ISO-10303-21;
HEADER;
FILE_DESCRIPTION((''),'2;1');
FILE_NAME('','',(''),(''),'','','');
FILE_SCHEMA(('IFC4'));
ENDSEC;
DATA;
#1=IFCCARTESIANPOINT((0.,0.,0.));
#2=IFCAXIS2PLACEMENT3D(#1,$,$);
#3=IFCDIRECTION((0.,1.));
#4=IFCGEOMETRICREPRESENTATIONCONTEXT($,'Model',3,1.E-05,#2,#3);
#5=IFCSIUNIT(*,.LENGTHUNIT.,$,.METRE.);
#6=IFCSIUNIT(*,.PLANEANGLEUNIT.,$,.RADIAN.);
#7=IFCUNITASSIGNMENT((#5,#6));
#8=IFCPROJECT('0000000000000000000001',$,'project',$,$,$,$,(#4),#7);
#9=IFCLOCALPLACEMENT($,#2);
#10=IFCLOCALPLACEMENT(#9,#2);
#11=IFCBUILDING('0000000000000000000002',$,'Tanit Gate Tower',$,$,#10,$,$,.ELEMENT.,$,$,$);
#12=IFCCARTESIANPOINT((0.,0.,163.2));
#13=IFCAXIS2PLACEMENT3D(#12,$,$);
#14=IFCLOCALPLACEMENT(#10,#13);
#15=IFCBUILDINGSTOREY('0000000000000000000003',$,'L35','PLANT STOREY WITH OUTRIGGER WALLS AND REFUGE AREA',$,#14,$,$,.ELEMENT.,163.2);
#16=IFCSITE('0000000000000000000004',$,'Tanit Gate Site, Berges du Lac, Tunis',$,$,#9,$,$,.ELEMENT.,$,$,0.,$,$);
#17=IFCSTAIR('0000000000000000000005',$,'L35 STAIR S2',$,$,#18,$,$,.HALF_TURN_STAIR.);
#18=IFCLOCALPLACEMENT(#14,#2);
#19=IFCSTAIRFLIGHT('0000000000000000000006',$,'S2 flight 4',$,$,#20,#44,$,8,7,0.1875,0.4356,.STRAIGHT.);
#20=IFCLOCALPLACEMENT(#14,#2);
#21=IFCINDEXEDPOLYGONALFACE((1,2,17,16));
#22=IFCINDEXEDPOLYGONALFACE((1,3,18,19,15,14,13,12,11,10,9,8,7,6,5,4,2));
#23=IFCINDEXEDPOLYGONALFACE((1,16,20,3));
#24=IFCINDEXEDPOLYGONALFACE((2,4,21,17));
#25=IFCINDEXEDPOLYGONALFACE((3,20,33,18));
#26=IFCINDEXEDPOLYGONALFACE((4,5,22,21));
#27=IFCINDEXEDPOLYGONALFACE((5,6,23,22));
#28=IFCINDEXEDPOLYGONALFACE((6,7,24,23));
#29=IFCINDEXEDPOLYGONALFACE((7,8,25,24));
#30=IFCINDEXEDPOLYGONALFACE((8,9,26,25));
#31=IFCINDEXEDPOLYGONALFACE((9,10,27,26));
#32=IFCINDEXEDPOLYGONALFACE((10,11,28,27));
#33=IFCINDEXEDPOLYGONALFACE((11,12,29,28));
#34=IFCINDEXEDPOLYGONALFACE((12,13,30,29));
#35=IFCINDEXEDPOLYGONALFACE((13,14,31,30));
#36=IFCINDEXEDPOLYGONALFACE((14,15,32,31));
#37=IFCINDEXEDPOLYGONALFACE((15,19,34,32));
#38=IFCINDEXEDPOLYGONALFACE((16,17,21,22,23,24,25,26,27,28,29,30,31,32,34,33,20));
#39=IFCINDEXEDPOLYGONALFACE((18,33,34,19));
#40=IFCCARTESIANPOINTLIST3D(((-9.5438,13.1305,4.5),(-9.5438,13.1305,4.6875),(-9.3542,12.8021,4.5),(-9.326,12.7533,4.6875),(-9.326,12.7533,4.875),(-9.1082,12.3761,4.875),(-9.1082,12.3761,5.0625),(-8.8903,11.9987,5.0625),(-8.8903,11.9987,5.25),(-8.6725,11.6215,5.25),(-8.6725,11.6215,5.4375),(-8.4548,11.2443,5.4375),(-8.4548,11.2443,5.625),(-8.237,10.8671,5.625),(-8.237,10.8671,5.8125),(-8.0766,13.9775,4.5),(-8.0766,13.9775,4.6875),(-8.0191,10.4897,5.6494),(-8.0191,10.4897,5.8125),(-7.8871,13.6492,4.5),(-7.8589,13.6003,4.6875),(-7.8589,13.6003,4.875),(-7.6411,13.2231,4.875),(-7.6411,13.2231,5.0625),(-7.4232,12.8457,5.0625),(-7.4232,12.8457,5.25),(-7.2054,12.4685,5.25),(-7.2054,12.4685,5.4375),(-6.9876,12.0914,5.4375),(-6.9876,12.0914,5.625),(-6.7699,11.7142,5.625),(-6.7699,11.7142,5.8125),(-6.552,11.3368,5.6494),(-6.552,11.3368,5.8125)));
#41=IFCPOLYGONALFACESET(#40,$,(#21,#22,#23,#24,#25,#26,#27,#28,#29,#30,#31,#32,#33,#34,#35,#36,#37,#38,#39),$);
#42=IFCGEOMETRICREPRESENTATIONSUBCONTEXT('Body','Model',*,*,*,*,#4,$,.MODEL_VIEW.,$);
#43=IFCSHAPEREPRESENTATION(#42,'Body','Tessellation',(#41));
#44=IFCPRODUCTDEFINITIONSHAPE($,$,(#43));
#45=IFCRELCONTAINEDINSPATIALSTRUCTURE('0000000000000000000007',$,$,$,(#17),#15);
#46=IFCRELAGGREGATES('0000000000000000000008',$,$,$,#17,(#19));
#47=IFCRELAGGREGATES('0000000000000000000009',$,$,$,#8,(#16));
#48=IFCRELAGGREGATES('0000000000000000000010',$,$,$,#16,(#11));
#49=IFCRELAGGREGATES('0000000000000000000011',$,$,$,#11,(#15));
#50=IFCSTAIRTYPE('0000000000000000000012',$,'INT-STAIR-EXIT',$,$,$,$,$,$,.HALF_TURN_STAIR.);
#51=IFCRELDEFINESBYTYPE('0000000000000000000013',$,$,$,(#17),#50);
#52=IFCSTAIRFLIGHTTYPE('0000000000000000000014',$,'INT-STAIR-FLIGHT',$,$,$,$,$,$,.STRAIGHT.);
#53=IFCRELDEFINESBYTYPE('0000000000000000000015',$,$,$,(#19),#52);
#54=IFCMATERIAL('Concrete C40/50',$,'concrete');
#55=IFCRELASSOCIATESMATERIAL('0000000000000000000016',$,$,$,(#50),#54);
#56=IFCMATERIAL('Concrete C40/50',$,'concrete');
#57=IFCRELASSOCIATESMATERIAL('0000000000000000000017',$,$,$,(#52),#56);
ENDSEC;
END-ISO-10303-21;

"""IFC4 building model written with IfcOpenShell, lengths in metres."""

from ifc_helpers import new_model, si_unit, direction, frame, origin, place, context, subcontext, project, spatial, polyline, outline, extrude, material, type_object, element, aggregate, save


model = new_model("IFC4")

# Units and contexts
model_context = context("Model", 3, precision=1e-05, world=origin(), true_north=direction((0.0, 1.0)))
body_context = subcontext(model_context, "Body", "Model", "MODEL_VIEW")
ifc_project = project(units=[si_unit("LENGTHUNIT", "METRE"), si_unit("PLANEANGLEUNIT", "RADIAN")], contexts=[model_context])

# Site, building, storey
site_placement = place(None, origin())
site = spatial("IfcSite", under=ifc_project, at=site_placement, Name="Tanit Gate Site, Berges du Lac, Tunis", CompositionType="ELEMENT", RefElevation=0.0)
building_placement = place(site_placement, origin())
building = spatial("IfcBuilding", under=site, at=building_placement, Name="Tanit Gate Tower", CompositionType="ELEMENT")
storey_placement = place(building_placement, frame((0.0, 0.0, 163.2)))
storey = spatial("IfcBuildingStorey", under=building, at=storey_placement, Name="L35", Description="PLANT STOREY WITH OUTRIGGER WALLS AND REFUGE AREA", CompositionType="ELEMENT", Elevation=163.2)

# Stair, stair flight
ifc_material_1 = material(Name="Concrete C40/50", Category="concrete")
stair_type = type_object("IfcStairType", Name="INT-STAIR-EXIT", PredefinedType="HALF_TURN_STAIR", material=ifc_material_1)
stair_placement = place(storey_placement, origin())
stair = element("IfcStair", 1, at=stair_placement, inside=storey, type_object=stair_type, Name="L35 STAIR S2", PredefinedType="HALF_TURN_STAIR")
ifc_material_2 = material(Name="Concrete C40/50", Category="concrete")
stair_flight_type = type_object("IfcStairFlightType", Name="INT-STAIR-FLIGHT", PredefinedType="STRAIGHT", material=ifc_material_2)
stair_flight_1_placement = place(storey_placement, frame((-8.8103, 13.554, 4.5), z_axis=(0.0, 0.0, 1.0), x_axis=(0.5, -0.866025, 0.0)))
stair_flight_1 = element("IfcStairFlight", 2, at=stair_flight_1_placement, type_object=stair_flight_type, Name="S2 flight 4", NumberOfRisers=8, NumberOfTreads=7, PredefinedType="STRAIGHT", RiserHeight=0.1875, TreadLength=0.4356, context=body_context, shape_type="SweptSolid", body=[
    extrude(outline(polyline([(0.0, 0.0), (0.0, 0.1875), (0.4355, 0.1875), (0.4355, 0.375), (0.8711, 0.375), (0.8711, 0.5625), (1.3069, 0.5625), (1.3069, 0.75), (1.7424, 0.75), (1.7424, 0.9375), (2.178, 0.9375), (2.178, 1.125), (2.6135, 1.125), (2.6135, 1.3125), (3.0493, 1.3125), (3.0493, 1.5), (3.0493, 1.1494), (0.3792, 0.0), (0.0, 0.0)])), frame((0.0, 0.8472, 0.0), z_axis=(0.0, -1.0, 0.0), x_axis=(1.0, 0.0, 0.0)), (0.0, 0.0, 1.0), 1.6941),
])
aggregate(stair, [stair_flight_1])

save(model, "model.ifc")
